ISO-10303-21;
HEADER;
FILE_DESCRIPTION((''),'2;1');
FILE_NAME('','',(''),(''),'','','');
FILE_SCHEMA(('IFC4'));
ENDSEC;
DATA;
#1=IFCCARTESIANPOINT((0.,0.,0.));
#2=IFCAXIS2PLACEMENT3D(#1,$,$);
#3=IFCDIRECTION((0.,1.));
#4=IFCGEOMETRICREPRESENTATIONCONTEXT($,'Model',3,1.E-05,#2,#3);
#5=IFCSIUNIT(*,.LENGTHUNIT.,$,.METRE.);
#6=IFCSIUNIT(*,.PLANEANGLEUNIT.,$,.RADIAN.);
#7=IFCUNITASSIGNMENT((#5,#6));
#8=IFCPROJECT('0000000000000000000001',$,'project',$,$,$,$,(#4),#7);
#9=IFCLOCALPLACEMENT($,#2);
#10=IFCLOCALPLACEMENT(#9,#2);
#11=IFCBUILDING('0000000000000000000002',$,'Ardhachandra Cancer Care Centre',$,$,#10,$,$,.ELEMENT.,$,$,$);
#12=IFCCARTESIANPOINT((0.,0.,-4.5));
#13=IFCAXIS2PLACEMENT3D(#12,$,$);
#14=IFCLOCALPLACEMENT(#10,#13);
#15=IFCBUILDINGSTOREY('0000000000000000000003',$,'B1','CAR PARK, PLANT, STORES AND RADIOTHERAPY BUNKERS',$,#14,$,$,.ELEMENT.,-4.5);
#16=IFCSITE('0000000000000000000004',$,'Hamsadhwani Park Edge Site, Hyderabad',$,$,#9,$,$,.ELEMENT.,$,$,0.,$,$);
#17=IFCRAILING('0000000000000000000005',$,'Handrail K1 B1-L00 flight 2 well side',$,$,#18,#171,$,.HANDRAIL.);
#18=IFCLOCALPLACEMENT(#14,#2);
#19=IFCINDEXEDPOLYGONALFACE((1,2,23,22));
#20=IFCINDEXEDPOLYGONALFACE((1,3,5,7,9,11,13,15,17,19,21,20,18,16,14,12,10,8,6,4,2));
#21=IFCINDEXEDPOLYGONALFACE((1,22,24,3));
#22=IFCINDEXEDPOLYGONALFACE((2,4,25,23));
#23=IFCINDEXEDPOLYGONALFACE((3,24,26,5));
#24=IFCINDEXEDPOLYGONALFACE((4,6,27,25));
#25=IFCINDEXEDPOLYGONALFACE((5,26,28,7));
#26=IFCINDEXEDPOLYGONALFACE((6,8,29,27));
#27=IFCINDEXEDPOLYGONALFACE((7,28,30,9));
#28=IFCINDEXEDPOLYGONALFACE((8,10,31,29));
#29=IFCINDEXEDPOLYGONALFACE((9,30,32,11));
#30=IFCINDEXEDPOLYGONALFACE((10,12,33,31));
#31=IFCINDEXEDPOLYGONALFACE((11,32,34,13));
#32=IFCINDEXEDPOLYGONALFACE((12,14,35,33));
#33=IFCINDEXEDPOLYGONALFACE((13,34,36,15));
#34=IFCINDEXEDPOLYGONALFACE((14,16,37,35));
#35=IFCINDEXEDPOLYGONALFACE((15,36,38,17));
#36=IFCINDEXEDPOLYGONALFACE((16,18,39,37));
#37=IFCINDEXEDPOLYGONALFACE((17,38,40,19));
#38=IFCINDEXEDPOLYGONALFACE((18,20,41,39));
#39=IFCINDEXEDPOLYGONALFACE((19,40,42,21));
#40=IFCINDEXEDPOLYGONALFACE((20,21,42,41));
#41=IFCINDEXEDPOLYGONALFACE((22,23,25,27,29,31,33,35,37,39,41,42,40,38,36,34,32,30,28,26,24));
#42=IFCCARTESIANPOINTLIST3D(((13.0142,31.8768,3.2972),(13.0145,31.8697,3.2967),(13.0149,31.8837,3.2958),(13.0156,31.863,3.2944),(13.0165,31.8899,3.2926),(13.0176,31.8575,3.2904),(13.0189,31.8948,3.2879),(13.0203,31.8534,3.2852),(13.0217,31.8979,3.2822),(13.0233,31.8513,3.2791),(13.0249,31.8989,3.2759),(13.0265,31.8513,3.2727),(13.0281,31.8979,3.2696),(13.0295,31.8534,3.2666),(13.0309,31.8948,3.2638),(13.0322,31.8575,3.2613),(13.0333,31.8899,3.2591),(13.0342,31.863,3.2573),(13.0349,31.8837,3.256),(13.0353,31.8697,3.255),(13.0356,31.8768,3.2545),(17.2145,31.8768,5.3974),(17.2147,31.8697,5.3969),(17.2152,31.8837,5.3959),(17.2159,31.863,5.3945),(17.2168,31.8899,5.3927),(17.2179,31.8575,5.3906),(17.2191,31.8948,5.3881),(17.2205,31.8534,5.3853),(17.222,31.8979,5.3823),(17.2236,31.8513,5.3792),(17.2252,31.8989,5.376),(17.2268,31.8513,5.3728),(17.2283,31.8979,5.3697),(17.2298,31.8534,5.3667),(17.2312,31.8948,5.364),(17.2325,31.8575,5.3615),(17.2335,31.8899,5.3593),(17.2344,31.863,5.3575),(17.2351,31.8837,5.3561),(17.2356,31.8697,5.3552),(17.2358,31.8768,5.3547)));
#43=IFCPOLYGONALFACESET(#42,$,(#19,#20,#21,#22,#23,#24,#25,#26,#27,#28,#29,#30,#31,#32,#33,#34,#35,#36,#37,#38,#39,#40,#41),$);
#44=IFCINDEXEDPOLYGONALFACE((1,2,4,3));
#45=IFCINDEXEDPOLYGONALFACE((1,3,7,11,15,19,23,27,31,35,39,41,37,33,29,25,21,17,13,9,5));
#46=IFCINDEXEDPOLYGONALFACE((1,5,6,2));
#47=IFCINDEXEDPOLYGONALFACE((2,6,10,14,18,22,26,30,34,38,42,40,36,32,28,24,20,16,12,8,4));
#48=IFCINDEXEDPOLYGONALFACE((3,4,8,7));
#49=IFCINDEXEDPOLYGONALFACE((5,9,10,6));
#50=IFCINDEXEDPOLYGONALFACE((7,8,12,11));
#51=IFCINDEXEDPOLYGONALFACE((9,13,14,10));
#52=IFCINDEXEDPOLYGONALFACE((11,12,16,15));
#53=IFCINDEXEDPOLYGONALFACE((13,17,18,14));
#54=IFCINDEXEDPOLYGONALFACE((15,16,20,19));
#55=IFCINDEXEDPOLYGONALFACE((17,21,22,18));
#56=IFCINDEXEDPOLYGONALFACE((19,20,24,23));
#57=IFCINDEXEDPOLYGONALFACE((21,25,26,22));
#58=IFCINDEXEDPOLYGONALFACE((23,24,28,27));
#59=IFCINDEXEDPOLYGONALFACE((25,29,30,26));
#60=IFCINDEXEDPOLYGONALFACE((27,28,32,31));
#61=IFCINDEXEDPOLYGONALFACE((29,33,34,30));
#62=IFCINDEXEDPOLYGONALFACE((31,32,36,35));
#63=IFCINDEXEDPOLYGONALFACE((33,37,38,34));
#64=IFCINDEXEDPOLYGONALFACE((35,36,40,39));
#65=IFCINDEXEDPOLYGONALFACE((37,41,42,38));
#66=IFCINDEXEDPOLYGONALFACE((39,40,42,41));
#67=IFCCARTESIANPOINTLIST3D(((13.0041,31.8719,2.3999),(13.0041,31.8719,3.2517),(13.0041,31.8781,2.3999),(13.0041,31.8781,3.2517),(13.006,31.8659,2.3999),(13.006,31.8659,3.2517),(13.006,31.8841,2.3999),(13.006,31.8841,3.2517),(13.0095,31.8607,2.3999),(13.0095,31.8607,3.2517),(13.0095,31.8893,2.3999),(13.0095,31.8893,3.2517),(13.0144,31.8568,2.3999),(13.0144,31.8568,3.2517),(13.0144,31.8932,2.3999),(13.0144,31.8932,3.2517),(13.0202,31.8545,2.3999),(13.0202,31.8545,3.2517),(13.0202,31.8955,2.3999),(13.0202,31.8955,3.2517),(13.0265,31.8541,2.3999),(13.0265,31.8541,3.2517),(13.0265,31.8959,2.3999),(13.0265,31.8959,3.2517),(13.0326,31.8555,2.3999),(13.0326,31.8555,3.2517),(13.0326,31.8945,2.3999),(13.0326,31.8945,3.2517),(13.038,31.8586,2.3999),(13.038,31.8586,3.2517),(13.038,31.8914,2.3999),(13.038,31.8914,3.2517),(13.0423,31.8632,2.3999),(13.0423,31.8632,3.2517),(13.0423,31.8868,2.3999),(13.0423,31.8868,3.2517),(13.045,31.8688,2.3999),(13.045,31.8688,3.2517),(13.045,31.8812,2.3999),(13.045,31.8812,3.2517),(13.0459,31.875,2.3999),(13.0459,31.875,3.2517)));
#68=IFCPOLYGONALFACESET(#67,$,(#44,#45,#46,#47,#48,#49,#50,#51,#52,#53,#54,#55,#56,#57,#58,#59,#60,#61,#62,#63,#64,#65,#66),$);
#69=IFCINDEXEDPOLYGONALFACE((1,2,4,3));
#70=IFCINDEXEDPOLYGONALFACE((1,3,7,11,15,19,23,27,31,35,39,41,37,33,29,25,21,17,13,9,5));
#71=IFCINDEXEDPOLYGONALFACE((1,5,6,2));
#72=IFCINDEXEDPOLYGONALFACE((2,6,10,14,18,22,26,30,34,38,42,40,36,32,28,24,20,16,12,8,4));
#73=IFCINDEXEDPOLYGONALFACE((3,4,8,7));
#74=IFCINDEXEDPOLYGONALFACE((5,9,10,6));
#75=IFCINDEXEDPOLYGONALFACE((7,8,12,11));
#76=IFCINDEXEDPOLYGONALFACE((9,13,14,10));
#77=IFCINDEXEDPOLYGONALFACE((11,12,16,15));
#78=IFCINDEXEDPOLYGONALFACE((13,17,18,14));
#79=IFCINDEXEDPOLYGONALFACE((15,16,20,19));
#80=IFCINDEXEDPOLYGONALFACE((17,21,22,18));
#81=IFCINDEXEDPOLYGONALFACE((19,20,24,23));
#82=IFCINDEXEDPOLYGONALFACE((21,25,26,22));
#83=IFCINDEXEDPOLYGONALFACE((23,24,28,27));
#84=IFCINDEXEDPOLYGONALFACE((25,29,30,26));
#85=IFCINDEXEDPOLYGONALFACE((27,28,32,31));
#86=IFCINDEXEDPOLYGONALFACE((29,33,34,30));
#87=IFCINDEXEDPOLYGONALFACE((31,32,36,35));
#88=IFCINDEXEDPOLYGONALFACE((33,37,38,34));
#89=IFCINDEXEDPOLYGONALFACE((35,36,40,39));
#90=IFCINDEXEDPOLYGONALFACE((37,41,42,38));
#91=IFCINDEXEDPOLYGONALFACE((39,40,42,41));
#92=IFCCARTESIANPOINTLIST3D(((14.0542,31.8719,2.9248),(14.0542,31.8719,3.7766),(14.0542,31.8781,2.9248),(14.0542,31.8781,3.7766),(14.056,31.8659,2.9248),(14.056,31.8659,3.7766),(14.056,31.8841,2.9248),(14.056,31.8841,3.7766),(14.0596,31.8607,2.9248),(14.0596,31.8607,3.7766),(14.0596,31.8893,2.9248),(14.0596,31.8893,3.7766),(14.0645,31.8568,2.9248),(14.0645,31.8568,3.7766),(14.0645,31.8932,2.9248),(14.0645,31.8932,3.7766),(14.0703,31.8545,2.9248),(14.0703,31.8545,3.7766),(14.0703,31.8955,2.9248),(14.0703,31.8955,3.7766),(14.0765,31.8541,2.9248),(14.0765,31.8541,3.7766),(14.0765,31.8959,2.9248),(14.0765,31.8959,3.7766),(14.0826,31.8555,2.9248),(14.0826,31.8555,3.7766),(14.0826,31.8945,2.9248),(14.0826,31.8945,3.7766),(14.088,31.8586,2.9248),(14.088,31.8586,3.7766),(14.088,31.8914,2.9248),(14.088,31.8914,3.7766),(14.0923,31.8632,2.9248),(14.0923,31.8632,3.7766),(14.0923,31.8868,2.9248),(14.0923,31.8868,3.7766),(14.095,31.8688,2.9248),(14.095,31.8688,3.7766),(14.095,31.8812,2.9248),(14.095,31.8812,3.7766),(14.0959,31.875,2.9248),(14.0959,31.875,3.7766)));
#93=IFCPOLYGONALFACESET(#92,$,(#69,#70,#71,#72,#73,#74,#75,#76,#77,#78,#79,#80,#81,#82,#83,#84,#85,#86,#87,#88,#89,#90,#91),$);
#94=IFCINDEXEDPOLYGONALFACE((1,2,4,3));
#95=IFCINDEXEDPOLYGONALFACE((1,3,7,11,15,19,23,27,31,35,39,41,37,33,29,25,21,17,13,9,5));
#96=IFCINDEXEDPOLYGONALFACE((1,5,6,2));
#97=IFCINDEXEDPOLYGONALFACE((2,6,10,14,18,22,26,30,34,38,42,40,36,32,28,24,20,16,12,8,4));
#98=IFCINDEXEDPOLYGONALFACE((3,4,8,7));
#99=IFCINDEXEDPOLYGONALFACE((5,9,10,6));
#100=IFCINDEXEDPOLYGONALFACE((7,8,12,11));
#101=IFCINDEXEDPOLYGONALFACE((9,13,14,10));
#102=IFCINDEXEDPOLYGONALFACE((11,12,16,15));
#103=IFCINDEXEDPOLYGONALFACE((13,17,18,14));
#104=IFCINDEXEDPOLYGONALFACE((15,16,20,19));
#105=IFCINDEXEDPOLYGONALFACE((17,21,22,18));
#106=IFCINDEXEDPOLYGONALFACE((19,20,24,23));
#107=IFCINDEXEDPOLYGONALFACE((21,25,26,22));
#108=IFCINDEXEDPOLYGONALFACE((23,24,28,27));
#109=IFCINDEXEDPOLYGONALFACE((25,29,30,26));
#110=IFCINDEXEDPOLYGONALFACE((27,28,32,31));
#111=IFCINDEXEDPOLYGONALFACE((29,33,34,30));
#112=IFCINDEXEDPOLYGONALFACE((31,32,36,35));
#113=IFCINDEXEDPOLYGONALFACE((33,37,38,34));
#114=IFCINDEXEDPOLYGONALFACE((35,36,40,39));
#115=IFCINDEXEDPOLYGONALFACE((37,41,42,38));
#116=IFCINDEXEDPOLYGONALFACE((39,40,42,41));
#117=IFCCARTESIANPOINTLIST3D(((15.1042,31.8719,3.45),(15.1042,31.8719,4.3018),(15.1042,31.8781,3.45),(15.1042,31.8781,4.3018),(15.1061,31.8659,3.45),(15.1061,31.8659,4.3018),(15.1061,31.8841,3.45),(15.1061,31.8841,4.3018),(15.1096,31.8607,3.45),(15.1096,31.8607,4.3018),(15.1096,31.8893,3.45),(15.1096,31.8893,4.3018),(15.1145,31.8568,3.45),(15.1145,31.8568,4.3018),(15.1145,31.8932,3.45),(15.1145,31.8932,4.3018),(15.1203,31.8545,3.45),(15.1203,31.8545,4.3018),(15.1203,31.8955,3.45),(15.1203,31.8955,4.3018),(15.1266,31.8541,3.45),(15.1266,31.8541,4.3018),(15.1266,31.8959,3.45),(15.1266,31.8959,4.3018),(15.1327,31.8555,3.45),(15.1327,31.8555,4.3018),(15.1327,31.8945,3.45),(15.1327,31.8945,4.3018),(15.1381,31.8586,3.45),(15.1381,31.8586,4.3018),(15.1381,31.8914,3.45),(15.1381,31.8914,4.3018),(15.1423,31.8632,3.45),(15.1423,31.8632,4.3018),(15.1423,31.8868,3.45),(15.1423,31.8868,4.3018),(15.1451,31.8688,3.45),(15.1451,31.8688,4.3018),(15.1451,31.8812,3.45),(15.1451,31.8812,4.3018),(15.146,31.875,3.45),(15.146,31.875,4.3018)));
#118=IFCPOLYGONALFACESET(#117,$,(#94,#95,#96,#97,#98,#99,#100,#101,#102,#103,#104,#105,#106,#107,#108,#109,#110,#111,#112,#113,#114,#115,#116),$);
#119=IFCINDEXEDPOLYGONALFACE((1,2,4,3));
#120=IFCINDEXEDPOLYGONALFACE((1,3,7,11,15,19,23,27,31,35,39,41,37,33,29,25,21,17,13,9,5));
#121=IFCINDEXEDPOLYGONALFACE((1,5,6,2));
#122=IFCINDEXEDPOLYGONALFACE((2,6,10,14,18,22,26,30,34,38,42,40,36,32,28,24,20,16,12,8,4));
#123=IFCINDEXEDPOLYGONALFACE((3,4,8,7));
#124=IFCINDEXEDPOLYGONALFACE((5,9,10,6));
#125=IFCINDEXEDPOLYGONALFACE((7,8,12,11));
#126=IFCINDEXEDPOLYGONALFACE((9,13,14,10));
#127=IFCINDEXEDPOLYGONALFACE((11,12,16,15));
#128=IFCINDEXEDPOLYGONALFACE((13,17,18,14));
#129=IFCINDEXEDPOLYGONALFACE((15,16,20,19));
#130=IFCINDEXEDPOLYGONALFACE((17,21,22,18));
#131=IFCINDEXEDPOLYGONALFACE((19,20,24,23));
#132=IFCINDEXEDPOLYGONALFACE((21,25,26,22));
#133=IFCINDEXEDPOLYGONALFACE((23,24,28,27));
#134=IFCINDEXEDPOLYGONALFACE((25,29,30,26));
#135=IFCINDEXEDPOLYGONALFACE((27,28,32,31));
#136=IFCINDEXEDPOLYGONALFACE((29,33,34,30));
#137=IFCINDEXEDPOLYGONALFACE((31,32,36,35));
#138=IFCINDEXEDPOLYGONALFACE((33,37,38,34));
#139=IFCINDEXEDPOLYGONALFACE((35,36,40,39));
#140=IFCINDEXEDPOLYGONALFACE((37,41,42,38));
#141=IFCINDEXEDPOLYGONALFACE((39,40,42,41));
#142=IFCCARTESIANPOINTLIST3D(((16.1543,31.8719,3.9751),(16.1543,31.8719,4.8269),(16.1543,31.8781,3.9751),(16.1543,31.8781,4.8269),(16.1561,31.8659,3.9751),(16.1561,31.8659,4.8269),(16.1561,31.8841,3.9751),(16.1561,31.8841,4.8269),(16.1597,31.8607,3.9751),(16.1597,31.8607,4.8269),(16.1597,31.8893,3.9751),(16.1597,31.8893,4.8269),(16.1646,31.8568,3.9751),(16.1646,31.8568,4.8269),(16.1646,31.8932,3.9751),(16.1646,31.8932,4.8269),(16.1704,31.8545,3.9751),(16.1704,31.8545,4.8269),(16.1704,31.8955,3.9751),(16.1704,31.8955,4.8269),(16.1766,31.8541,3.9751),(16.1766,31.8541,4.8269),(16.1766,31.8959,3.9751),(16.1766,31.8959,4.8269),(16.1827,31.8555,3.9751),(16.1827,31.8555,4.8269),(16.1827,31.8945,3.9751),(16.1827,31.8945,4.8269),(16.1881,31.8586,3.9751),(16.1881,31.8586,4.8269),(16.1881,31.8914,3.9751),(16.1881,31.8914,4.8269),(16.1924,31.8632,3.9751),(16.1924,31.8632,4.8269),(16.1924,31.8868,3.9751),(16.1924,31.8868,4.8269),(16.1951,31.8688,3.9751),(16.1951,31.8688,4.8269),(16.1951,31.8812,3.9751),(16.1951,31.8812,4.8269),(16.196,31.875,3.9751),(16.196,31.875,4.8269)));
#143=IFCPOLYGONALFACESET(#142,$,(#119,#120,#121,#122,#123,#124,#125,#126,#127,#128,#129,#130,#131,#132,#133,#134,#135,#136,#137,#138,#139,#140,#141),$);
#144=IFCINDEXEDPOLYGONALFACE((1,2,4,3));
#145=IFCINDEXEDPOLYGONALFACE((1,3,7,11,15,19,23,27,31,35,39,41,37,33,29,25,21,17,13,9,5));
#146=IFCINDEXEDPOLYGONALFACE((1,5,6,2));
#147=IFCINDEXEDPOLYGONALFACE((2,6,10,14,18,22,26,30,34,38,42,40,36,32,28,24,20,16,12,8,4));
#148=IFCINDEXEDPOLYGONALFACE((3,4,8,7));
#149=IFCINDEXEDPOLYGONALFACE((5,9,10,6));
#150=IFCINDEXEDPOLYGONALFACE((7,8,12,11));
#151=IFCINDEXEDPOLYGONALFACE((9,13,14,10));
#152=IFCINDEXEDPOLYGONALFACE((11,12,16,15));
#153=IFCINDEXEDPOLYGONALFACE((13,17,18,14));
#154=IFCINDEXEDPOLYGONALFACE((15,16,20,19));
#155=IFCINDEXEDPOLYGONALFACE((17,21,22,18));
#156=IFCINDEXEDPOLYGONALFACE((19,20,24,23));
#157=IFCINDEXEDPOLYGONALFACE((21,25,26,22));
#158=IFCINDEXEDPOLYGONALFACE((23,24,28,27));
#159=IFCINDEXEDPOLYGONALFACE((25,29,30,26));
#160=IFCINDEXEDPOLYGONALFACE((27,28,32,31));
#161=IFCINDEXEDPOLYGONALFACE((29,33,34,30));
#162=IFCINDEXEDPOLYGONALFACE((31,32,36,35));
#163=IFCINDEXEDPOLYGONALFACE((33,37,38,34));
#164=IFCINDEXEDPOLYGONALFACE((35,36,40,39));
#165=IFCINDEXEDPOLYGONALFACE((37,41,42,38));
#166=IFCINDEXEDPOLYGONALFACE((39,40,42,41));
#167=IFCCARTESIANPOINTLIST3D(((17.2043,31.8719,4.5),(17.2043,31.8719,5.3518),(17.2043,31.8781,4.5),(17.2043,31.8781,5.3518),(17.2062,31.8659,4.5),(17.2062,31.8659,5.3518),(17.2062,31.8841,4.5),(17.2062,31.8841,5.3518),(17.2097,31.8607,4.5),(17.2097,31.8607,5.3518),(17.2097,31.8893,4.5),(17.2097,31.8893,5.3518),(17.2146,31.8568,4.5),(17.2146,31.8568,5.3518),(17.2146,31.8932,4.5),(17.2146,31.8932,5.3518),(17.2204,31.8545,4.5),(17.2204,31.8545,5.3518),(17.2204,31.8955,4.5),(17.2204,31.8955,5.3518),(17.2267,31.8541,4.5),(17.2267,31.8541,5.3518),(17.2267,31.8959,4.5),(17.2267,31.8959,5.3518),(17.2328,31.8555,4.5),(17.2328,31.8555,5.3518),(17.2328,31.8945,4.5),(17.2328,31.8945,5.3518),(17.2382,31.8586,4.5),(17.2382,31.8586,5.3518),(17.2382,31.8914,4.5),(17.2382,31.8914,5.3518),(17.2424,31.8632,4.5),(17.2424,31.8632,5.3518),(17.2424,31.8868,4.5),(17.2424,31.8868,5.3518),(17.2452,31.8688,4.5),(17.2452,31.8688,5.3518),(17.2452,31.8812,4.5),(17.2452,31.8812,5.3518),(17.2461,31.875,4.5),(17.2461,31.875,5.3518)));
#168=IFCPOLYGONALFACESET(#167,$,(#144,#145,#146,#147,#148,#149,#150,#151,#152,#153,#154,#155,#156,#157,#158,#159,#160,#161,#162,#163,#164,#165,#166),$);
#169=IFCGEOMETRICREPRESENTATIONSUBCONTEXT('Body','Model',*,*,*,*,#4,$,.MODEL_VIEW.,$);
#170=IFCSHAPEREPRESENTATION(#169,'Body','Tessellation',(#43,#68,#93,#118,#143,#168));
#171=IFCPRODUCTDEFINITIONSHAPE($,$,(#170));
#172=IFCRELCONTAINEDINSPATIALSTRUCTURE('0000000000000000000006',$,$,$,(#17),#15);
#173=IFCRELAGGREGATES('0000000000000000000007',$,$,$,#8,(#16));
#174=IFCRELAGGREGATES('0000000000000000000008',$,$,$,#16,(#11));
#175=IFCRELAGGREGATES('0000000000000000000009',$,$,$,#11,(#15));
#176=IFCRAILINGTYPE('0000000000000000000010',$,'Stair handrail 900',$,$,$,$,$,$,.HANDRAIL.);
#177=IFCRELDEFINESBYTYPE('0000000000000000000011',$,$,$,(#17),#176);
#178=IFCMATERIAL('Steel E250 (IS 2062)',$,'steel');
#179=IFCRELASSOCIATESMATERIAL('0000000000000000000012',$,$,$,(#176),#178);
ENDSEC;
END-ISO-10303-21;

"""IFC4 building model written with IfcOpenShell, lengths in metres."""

from ifc_helpers import new_model, si_unit, direction, frame, origin, origin_2d, place, context, subcontext, project, spatial, circle, extrude, material, type_object, element, save


model = new_model("IFC4")

# Units and contexts
model_context = context("Model", 3, precision=1e-05, world=origin(), true_north=direction((0.0, 1.0)))
body_context = subcontext(model_context, "Body", "Model", "MODEL_VIEW")
ifc_project = project(units=[si_unit("LENGTHUNIT", "METRE"), si_unit("PLANEANGLEUNIT", "RADIAN")], contexts=[model_context])

# Site, building, storey
site_placement = place(None, origin())
site = spatial("IfcSite", under=ifc_project, at=site_placement, Name="Hamsadhwani Park Edge Site, Hyderabad", CompositionType="ELEMENT", RefElevation=0.0)
building_placement = place(site_placement, origin())
building = spatial("IfcBuilding", under=site, at=building_placement, Name="Ardhachandra Cancer Care Centre", CompositionType="ELEMENT")
storey_placement = place(building_placement, frame((0.0, 0.0, -4.5)))
storey = spatial("IfcBuildingStorey", under=building, at=storey_placement, Name="B1", Description="CAR PARK, PLANT, STORES AND RADIOTHERAPY BUNKERS", CompositionType="ELEMENT", Elevation=-4.5)

# Railing
ifc_material_1 = material(Name="Steel E250 (IS 2062)", Category="steel")
railing_type = type_object("IfcRailingType", Name="Stair handrail 900", PredefinedType="HANDRAIL", material=ifc_material_1)
for number, where, name in (
    (1, (13.0249, 31.875, 2.3999), "Handrail K1 B1-L00 flight 2 well side"),
):
    element("IfcRailing", number, at=place(storey_placement, frame(where)), inside=storey, type_object=railing_type, Name=name, PredefinedType="HANDRAIL", context=body_context, shape_type="SweptSolid", body=[
        extrude(circle(Radius=0.0239, at=origin_2d()), frame((0.0, 0.0, 0.876), z_axis=(0.894427, 0.0, 0.447214), x_axis=(0.0, 1.0, 0.0)), (0.0, 0.0, 1.0), 4.696),
        extrude(circle(Radius=0.021, at=origin_2d()), origin(), (0.0, 0.0, 1.0), 0.8518),
        extrude(circle(Radius=0.021, at=origin_2d()), frame((1.05, 0.0, 0.5249)), (0.0, 0.0, 1.0), 0.8518),
        extrude(circle(Radius=0.021, at=origin_2d()), frame((2.1001, 0.0, 1.05)), (0.0, 0.0, 1.0), 0.8518),
        extrude(circle(Radius=0.021, at=origin_2d()), frame((3.1501, 0.0, 1.5752)), (0.0, 0.0, 1.0), 0.8518),
        extrude(circle(Radius=0.021, at=origin_2d()), frame((4.2002, 0.0, 2.1001)), (0.0, 0.0, 1.0), 0.8518),
    ])

save(model, "model.ifc")
